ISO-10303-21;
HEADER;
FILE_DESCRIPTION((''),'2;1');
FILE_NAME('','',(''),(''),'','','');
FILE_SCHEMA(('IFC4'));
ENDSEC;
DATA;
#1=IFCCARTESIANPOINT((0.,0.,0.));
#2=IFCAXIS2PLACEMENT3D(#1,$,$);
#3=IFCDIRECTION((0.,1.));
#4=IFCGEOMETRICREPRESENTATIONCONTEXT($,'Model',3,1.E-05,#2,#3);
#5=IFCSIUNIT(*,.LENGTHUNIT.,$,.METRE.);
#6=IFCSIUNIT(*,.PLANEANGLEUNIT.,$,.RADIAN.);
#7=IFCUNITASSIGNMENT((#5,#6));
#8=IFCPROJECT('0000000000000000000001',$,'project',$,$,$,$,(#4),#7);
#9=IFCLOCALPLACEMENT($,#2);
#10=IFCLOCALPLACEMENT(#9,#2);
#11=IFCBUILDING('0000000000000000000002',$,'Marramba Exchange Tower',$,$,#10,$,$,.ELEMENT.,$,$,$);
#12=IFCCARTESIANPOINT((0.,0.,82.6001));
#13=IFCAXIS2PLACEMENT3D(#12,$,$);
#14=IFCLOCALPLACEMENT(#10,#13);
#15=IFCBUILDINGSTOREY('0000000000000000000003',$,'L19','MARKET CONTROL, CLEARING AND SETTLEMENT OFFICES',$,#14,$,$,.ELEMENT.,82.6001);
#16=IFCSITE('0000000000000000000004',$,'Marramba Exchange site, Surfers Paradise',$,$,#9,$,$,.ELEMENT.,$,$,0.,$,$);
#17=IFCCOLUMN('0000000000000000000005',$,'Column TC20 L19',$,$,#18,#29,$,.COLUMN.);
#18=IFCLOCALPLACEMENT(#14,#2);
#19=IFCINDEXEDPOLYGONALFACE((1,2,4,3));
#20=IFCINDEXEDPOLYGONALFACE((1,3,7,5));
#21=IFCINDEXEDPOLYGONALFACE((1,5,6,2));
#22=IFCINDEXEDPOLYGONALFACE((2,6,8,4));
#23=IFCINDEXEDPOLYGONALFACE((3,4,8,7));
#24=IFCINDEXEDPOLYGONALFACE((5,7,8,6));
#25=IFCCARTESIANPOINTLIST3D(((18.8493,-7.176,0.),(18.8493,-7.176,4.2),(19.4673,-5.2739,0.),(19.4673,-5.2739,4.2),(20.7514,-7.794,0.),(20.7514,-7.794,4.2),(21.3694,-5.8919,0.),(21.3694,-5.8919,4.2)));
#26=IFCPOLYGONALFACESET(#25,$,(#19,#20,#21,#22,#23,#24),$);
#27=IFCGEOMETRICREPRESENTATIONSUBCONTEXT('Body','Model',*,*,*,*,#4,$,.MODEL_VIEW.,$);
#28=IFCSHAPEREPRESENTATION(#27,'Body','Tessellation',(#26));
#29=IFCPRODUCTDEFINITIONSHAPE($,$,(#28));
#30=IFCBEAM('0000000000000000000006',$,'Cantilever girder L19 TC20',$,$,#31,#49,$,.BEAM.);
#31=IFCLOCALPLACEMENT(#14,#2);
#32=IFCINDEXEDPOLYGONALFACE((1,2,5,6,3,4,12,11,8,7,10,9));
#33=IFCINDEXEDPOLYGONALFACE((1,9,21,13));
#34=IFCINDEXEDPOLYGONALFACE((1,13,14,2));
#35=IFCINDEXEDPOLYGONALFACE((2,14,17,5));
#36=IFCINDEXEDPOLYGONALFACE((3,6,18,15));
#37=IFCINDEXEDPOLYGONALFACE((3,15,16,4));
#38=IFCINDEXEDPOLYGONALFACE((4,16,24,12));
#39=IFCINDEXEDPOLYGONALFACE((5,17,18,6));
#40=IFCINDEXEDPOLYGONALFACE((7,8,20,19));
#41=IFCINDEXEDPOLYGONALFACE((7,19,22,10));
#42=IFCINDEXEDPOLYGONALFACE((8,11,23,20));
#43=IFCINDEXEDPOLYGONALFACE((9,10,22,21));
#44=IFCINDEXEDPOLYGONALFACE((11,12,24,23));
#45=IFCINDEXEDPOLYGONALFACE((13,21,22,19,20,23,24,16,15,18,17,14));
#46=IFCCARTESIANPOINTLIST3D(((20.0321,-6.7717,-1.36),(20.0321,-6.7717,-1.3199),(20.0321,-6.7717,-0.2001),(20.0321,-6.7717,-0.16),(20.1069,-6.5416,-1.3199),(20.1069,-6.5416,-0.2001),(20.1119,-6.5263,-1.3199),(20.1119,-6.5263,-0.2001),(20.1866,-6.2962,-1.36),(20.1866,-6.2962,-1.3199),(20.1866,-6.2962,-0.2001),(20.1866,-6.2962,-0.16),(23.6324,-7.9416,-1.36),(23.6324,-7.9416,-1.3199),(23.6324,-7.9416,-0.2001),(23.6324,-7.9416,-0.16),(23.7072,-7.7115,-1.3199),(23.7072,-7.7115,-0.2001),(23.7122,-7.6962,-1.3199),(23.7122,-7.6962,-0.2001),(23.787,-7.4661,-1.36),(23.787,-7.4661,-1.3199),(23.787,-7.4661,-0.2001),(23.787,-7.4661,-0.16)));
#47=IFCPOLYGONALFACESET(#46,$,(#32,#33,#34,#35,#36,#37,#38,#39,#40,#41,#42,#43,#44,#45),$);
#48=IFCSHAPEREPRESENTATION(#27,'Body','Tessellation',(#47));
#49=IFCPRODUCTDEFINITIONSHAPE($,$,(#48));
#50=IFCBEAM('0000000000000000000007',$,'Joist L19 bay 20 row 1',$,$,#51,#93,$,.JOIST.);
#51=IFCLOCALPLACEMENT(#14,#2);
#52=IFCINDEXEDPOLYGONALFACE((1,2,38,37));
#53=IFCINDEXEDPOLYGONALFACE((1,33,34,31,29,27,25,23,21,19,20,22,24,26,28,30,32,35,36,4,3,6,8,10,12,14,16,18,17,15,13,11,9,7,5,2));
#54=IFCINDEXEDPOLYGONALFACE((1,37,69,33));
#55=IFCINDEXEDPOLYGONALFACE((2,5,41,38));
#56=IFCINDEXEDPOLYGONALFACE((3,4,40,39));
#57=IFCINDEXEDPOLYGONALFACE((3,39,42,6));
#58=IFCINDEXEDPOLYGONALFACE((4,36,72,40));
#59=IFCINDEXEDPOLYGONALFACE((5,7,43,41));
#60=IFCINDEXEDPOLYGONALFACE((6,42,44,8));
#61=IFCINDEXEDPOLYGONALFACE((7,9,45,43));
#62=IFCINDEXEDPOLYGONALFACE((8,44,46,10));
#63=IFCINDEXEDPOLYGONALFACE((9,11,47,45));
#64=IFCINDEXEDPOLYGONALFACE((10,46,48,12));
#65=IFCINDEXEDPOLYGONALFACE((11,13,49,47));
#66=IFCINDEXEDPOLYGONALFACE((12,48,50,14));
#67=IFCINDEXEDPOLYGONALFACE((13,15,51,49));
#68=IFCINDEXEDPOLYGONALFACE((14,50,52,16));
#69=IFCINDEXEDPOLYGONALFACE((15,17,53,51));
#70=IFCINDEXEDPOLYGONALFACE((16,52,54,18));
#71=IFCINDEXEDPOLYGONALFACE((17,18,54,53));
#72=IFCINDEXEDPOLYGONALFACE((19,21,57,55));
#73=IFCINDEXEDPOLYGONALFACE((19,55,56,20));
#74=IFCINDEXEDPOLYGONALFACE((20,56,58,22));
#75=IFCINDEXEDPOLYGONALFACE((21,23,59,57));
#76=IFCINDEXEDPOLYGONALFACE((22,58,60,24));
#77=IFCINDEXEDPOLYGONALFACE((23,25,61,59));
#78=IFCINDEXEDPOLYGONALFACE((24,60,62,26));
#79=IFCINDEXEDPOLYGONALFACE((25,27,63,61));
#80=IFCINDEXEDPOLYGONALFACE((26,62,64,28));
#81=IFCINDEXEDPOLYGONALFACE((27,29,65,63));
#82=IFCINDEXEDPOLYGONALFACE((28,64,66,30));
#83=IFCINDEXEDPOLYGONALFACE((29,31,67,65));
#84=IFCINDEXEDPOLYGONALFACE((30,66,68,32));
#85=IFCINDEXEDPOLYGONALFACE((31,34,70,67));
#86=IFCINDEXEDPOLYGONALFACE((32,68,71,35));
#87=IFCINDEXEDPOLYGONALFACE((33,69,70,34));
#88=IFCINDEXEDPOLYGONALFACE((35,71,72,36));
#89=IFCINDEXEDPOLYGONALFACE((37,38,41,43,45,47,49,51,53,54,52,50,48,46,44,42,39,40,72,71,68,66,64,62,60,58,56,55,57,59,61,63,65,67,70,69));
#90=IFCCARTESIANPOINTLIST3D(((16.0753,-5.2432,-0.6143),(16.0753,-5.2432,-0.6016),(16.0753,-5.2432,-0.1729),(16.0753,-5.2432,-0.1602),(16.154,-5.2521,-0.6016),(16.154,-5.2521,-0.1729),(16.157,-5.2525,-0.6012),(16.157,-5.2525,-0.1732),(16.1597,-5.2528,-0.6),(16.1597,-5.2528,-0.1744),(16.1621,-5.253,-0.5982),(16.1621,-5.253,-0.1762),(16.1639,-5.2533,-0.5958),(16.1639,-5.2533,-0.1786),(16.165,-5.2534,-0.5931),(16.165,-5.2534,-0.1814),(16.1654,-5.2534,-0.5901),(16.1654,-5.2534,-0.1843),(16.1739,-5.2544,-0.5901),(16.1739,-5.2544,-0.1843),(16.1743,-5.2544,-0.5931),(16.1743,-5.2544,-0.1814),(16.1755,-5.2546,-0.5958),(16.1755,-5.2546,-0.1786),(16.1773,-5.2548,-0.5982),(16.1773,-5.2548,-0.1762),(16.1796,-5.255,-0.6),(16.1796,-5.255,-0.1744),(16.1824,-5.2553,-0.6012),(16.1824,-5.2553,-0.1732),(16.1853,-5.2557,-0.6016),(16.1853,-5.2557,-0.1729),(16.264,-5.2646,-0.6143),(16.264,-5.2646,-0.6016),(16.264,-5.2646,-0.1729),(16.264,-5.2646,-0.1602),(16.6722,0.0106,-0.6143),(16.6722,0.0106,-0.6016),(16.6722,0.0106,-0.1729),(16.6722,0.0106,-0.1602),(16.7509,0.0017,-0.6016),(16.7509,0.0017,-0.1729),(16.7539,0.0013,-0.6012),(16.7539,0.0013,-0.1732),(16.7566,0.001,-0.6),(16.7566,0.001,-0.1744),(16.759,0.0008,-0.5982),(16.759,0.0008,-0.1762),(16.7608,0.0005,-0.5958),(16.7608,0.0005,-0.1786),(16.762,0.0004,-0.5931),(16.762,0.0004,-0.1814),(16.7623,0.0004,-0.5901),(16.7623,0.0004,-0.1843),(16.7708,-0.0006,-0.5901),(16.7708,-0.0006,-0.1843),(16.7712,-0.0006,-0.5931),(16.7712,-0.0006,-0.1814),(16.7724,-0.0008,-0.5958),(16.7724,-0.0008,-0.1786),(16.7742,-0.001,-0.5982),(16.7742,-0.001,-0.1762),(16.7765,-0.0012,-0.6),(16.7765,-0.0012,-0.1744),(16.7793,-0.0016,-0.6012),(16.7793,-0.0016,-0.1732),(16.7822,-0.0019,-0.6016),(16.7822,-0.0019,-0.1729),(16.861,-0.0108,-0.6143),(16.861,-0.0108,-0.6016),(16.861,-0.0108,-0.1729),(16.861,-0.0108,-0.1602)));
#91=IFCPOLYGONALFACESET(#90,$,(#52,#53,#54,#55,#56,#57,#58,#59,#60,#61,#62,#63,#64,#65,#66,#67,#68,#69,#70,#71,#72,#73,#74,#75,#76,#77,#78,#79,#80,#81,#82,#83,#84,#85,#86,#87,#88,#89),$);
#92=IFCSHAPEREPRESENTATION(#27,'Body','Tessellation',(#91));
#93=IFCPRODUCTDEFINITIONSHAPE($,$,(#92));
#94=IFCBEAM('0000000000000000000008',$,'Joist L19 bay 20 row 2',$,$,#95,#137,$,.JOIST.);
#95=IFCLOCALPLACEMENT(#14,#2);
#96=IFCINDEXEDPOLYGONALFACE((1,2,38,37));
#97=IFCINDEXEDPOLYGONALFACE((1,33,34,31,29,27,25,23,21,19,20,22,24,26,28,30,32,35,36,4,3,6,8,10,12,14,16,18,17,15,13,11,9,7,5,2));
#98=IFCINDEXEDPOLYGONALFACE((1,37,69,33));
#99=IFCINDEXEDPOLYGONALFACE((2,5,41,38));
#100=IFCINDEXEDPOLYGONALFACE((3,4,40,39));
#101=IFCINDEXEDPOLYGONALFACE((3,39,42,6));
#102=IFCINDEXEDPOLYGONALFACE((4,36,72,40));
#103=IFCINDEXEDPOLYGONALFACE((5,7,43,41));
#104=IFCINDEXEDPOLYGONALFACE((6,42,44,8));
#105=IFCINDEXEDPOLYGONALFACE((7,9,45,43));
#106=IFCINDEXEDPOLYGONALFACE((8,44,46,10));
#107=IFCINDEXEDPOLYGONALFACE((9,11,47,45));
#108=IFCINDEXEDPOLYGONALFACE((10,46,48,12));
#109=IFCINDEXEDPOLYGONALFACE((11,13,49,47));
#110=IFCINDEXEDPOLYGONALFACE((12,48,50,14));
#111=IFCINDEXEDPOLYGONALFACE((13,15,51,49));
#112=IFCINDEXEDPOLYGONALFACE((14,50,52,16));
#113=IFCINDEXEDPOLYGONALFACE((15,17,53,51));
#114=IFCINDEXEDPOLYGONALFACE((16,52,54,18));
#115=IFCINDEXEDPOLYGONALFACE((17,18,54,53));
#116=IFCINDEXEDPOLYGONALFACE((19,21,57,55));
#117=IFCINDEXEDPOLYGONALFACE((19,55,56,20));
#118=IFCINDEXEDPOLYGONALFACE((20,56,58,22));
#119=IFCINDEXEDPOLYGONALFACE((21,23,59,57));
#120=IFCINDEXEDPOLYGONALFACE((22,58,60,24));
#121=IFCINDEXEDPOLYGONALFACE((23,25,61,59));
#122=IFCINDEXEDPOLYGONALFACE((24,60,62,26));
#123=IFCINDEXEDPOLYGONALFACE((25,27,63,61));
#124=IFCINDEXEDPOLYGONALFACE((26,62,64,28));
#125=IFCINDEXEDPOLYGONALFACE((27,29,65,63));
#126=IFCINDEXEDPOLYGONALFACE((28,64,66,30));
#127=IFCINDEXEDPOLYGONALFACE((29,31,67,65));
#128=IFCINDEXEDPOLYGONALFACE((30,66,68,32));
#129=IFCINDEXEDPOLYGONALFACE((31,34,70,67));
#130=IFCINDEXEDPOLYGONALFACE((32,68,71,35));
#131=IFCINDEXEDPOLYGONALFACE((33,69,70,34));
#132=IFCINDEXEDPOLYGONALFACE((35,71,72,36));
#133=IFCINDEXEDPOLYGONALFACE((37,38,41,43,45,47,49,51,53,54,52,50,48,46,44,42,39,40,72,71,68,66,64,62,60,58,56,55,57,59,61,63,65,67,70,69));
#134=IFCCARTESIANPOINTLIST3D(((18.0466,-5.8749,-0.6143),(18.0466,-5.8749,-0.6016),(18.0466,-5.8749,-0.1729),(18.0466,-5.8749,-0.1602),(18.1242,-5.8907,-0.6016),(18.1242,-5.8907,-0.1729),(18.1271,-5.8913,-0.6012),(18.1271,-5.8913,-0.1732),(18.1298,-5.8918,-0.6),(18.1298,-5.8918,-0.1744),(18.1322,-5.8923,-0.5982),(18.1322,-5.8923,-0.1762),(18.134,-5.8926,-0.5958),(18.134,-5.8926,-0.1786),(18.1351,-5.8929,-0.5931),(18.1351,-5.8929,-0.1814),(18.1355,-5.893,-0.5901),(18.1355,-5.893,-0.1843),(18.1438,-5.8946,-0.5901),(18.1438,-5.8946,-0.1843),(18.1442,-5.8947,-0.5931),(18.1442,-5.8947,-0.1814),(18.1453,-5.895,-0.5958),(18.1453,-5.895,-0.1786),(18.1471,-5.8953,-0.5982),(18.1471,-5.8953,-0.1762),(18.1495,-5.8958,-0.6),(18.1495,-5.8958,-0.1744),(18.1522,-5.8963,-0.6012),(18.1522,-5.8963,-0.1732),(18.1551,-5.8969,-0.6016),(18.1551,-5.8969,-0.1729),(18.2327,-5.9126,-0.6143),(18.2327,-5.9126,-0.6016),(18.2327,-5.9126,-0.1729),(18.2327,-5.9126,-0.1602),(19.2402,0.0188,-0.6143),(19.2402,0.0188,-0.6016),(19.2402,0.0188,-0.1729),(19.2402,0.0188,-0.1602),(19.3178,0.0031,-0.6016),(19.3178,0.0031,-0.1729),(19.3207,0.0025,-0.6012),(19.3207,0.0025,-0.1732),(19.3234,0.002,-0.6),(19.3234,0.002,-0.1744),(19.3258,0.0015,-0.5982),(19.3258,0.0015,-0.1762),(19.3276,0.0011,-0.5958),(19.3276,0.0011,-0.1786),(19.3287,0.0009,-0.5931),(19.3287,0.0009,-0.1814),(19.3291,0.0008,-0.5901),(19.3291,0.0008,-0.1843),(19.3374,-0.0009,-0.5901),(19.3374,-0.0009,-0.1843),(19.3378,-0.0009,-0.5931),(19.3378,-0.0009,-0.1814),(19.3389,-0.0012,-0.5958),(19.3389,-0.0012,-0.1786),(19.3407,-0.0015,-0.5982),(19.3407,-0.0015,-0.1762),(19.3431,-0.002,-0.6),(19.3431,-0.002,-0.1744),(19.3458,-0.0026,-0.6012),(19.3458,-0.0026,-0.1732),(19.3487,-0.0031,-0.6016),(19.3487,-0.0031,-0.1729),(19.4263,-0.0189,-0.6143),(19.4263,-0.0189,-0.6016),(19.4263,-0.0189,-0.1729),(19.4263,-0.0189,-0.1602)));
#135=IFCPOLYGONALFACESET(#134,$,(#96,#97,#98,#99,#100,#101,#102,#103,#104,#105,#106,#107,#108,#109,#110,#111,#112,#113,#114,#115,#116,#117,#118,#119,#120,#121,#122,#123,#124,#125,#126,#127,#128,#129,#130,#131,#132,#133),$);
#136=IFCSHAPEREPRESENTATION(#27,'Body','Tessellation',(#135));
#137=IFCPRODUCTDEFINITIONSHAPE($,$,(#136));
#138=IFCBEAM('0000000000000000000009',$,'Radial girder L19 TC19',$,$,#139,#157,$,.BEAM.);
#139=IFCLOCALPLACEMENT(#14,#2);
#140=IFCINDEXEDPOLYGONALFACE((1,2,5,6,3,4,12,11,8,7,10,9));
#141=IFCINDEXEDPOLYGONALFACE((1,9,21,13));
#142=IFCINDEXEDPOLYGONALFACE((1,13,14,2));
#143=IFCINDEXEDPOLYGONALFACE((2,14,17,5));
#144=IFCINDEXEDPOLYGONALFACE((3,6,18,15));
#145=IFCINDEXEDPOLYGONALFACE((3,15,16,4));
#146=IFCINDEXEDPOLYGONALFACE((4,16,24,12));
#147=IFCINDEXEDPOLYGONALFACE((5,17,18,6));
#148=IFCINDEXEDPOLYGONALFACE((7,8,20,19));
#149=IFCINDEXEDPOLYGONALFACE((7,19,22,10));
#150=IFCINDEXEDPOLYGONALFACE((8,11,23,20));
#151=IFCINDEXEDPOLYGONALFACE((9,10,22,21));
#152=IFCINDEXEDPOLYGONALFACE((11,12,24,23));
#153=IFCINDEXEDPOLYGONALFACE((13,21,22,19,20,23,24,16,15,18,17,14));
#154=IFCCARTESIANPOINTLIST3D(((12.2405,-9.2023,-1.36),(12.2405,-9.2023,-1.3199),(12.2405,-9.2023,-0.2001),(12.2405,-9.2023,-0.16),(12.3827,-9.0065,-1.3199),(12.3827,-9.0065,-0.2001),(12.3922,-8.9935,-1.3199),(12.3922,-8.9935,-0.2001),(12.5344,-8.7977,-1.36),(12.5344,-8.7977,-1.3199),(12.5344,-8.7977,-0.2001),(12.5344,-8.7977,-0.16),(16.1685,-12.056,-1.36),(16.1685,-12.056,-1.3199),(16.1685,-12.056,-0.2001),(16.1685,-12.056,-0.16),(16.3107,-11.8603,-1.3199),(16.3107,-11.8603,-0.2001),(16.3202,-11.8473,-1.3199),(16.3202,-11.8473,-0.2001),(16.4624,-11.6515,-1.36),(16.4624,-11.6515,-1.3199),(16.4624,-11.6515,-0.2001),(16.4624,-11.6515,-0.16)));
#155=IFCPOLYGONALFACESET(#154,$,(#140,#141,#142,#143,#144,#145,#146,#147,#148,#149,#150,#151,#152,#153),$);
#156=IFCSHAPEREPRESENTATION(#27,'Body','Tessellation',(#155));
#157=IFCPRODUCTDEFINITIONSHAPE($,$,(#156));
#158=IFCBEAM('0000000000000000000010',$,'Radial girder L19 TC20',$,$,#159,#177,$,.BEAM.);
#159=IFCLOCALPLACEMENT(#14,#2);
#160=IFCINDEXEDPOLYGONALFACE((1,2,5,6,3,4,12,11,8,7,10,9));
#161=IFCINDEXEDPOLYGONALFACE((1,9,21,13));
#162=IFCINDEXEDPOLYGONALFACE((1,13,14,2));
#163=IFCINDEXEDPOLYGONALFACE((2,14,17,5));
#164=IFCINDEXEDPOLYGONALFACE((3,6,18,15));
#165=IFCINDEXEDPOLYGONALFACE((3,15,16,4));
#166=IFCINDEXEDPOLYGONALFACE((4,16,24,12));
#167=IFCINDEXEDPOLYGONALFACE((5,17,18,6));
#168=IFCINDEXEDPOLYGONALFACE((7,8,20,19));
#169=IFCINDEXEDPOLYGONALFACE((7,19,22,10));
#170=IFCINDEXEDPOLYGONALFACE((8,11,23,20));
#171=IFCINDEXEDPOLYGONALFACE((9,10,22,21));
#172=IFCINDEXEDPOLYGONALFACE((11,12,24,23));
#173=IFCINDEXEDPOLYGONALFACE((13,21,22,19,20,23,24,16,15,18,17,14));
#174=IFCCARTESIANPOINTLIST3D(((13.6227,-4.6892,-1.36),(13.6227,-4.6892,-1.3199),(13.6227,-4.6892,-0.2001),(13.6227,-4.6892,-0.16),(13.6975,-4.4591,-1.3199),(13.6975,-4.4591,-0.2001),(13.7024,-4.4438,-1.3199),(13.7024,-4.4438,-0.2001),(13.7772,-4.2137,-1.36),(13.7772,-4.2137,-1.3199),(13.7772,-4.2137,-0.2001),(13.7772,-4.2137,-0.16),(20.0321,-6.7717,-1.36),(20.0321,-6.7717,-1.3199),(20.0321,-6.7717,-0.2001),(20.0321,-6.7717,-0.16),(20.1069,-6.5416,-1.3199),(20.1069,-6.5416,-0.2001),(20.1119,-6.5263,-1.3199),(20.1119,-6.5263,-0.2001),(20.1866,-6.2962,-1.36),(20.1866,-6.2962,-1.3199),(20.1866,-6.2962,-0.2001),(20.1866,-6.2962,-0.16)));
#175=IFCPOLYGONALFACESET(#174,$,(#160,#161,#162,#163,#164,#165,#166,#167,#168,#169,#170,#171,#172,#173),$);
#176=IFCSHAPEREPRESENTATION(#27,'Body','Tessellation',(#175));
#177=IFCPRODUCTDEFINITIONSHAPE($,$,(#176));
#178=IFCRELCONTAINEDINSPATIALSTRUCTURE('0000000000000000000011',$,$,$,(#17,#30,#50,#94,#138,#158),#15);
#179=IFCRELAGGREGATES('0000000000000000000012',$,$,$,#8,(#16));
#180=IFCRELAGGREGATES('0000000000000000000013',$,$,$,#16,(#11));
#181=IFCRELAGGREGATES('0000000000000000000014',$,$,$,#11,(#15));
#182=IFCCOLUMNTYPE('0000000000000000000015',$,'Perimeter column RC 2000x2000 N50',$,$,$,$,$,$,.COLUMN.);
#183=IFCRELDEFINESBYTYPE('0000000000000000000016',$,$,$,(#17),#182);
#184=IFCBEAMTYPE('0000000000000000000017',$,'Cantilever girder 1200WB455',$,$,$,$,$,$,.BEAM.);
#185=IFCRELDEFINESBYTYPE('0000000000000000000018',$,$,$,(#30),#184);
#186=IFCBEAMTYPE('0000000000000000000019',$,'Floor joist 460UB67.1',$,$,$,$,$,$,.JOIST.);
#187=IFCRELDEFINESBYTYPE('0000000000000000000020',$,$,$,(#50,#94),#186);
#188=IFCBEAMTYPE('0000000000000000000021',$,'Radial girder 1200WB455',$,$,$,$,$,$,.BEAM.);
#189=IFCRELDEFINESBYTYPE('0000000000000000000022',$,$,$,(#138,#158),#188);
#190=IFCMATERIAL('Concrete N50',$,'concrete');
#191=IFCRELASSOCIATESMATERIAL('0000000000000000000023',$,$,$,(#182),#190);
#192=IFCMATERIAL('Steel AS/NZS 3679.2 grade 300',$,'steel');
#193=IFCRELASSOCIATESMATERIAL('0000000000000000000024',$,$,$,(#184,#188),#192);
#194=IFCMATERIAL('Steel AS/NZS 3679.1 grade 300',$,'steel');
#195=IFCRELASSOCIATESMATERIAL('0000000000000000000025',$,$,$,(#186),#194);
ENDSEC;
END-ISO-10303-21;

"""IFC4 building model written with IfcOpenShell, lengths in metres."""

from ifc_helpers import new_model, si_unit, direction, frame, origin, origin_2d, place, context, subcontext, project, spatial, rectangle, i_section, extrude, material, material_profile, profile_set, type_object, element, save


model = new_model("IFC4")

# Units and contexts
model_context = context("Model", 3, precision=1e-05, world=origin(), true_north=direction((0.0, 1.0)))
body_context = subcontext(model_context, "Body", "Model", "MODEL_VIEW")
ifc_project = project(units=[si_unit("LENGTHUNIT", "METRE"), si_unit("PLANEANGLEUNIT", "RADIAN")], contexts=[model_context])

# Site, building, storey
site_placement = place(None, origin())
site = spatial("IfcSite", under=ifc_project, at=site_placement, Name="Marramba Exchange site, Surfers Paradise", CompositionType="ELEMENT", RefElevation=0.0)
building_placement = place(site_placement, origin())
building = spatial("IfcBuilding", under=site, at=building_placement, Name="Marramba Exchange Tower", CompositionType="ELEMENT")
storey_placement = place(building_placement, frame((0.0, 0.0, 82.6001)))
storey = spatial("IfcBuildingStorey", under=building, at=storey_placement, Name="L19", Description="MARKET CONTROL, CLEARING AND SETTLEMENT OFFICES", CompositionType="ELEMENT", Elevation=82.6001)

# Column
ifc_material_1 = material(Name="Concrete N50", Category="concrete")
ifc_material_profile_1 = material_profile(ifc_material_1, rectangle(XDim=2.0, YDim=2.0, at=origin_2d()), Name="RC 2000x2000")
ifc_profile_set_1 = profile_set([ifc_material_profile_1], Name="Concrete N50")
column_type = type_object("IfcColumnType", Name="Perimeter column RC 2000x2000 N50", PredefinedType="COLUMN", material=ifc_profile_set_1)
column_placement = place(storey_placement, frame((20.1094, -6.5339, 0.0), z_axis=(0.0, 0.0, 1.0), x_axis=(0.951057, -0.309017, 0.0)))
element("IfcColumn", 1, at=column_placement, inside=storey, type_object=column_type, Name="Column TC20 L19", PredefinedType="COLUMN", context=body_context, shape_type="SweptSolid", body=[
    extrude(rectangle(XDim=2.0, YDim=2.0, at=origin_2d()), origin(), (0.0, 0.0, 1.0), 4.2),
])

# Beams
ifc_material_2 = material(Name="Steel AS/NZS 3679.2 grade 300", Category="steel")
ifc_material_profile_2 = material_profile(ifc_material_2, i_section(OverallWidth=0.5, OverallDepth=1.2, WebThickness=0.0161, FlangeThickness=0.04, at=origin_2d()), Name="1200WB455")
ifc_profile_set_2 = profile_set([ifc_material_profile_2], Name="Steel AS/NZS 3679.2 grade 300")
beam_type_1 = type_object("IfcBeamType", Name="Cantilever girder 1200WB455", PredefinedType="BEAM", material=ifc_profile_set_2)
beam_1_placement = place(storey_placement, frame((20.1094, -6.5339, -0.76), z_axis=(0.951049, -0.309041, 0.0), x_axis=(0.309041, 0.951049, 0.0)))
element("IfcBeam", 2, at=beam_1_placement, inside=storey, type_object=beam_type_1, Name="Cantilever girder L19 TC20", PredefinedType="BEAM", context=body_context, shape_type="SweptSolid", body=[
    extrude(i_section(OverallWidth=0.5, OverallDepth=1.2, WebThickness=0.0161, FlangeThickness=0.04, at=origin_2d()), origin(), (0.0, 0.0, 1.0), 3.7856),
])
ifc_material_3 = material(Name="Steel AS/NZS 3679.1 grade 300", Category="steel")
ifc_material_profile_3 = material_profile(ifc_material_3, i_section(OverallWidth=0.1899, OverallDepth=0.4541, WebThickness=0.0085, FlangeThickness=0.0127, FilletRadius=0.0115, at=origin_2d()), Name="460UB67.1")
ifc_profile_set_3 = profile_set([ifc_material_profile_3], Name="Steel AS/NZS 3679.1 grade 300")
beam_type_2 = type_object("IfcBeamType", Name="Floor joist 460UB67.1", PredefinedType="JOIST", material=ifc_profile_set_3)
beam_2_placement = place(storey_placement, frame((16.1697, -5.2539, -0.3872), z_axis=(0.112889, 0.993608, 0.0), x_axis=(-0.993608, 0.112889, 0.0)))
element("IfcBeam", 3, at=beam_2_placement, inside=storey, type_object=beam_type_2, Name="Joist L19 bay 20 row 1", PredefinedType="JOIST", context=body_context, shape_type="SweptSolid", body=[
    extrude(i_section(OverallWidth=0.1899, OverallDepth=0.4541, WebThickness=0.0085, FlangeThickness=0.0127, FilletRadius=0.0115, at=origin_2d()), origin(), (0.0, 0.0, 1.0), 5.2876),
])
beam_3_placement = place(storey_placement, frame((18.1396, -5.8938, -0.3872), z_axis=(0.198489, 0.980103, 0.0), x_axis=(-0.980103, 0.198489, 0.0)))
element("IfcBeam", 4, at=beam_3_placement, inside=storey, type_object=beam_type_2, Name="Joist L19 bay 20 row 2", PredefinedType="JOIST", context=body_context, shape_type="SweptSolid", body=[
    extrude(i_section(OverallWidth=0.1899, OverallDepth=0.4541, WebThickness=0.0085, FlangeThickness=0.0127, FilletRadius=0.0115, at=origin_2d()), origin(), (0.0, 0.0, 1.0), 6.0134),
])
ifc_material_profile_4 = material_profile(ifc_material_2, i_section(OverallWidth=0.5, OverallDepth=1.2, WebThickness=0.0161, FlangeThickness=0.04, at=origin_2d()), Name="1200WB455")
ifc_profile_set_4 = profile_set([ifc_material_profile_4], Name="Steel AS/NZS 3679.2 grade 300")
beam_type_3 = type_object("IfcBeamType", Name="Radial girder 1200WB455", PredefinedType="BEAM", material=ifc_profile_set_4)
beam_4_placement = place(storey_placement, frame((12.3875, -9.0, -0.76), z_axis=(0.809025, -0.587774, 0.0), x_axis=(0.587774, 0.809025, 0.0)))
element("IfcBeam", 5, at=beam_4_placement, inside=storey, type_object=beam_type_3, Name="Radial girder L19 TC19", PredefinedType="BEAM", context=body_context, shape_type="SweptSolid", body=[
    extrude(i_section(OverallWidth=0.5, OverallDepth=1.2, WebThickness=0.0161, FlangeThickness=0.04, at=origin_2d()), origin(), (0.0, 0.0, 1.0), 4.8552),
])
beam_5_placement = place(storey_placement, frame((13.7, -4.4514, -0.76), z_axis=(0.951058, -0.309013, 0.0), x_axis=(0.309013, 0.951058, 0.0)))
element("IfcBeam", 6, at=beam_5_placement, inside=storey, type_object=beam_type_3, Name="Radial girder L19 TC20", PredefinedType="BEAM", context=body_context, shape_type="SweptSolid", body=[
    extrude(i_section(OverallWidth=0.5, OverallDepth=1.2, WebThickness=0.0161, FlangeThickness=0.04, at=origin_2d()), origin(), (0.0, 0.0, 1.0), 6.7393),
])

save(model, "model.ifc")
